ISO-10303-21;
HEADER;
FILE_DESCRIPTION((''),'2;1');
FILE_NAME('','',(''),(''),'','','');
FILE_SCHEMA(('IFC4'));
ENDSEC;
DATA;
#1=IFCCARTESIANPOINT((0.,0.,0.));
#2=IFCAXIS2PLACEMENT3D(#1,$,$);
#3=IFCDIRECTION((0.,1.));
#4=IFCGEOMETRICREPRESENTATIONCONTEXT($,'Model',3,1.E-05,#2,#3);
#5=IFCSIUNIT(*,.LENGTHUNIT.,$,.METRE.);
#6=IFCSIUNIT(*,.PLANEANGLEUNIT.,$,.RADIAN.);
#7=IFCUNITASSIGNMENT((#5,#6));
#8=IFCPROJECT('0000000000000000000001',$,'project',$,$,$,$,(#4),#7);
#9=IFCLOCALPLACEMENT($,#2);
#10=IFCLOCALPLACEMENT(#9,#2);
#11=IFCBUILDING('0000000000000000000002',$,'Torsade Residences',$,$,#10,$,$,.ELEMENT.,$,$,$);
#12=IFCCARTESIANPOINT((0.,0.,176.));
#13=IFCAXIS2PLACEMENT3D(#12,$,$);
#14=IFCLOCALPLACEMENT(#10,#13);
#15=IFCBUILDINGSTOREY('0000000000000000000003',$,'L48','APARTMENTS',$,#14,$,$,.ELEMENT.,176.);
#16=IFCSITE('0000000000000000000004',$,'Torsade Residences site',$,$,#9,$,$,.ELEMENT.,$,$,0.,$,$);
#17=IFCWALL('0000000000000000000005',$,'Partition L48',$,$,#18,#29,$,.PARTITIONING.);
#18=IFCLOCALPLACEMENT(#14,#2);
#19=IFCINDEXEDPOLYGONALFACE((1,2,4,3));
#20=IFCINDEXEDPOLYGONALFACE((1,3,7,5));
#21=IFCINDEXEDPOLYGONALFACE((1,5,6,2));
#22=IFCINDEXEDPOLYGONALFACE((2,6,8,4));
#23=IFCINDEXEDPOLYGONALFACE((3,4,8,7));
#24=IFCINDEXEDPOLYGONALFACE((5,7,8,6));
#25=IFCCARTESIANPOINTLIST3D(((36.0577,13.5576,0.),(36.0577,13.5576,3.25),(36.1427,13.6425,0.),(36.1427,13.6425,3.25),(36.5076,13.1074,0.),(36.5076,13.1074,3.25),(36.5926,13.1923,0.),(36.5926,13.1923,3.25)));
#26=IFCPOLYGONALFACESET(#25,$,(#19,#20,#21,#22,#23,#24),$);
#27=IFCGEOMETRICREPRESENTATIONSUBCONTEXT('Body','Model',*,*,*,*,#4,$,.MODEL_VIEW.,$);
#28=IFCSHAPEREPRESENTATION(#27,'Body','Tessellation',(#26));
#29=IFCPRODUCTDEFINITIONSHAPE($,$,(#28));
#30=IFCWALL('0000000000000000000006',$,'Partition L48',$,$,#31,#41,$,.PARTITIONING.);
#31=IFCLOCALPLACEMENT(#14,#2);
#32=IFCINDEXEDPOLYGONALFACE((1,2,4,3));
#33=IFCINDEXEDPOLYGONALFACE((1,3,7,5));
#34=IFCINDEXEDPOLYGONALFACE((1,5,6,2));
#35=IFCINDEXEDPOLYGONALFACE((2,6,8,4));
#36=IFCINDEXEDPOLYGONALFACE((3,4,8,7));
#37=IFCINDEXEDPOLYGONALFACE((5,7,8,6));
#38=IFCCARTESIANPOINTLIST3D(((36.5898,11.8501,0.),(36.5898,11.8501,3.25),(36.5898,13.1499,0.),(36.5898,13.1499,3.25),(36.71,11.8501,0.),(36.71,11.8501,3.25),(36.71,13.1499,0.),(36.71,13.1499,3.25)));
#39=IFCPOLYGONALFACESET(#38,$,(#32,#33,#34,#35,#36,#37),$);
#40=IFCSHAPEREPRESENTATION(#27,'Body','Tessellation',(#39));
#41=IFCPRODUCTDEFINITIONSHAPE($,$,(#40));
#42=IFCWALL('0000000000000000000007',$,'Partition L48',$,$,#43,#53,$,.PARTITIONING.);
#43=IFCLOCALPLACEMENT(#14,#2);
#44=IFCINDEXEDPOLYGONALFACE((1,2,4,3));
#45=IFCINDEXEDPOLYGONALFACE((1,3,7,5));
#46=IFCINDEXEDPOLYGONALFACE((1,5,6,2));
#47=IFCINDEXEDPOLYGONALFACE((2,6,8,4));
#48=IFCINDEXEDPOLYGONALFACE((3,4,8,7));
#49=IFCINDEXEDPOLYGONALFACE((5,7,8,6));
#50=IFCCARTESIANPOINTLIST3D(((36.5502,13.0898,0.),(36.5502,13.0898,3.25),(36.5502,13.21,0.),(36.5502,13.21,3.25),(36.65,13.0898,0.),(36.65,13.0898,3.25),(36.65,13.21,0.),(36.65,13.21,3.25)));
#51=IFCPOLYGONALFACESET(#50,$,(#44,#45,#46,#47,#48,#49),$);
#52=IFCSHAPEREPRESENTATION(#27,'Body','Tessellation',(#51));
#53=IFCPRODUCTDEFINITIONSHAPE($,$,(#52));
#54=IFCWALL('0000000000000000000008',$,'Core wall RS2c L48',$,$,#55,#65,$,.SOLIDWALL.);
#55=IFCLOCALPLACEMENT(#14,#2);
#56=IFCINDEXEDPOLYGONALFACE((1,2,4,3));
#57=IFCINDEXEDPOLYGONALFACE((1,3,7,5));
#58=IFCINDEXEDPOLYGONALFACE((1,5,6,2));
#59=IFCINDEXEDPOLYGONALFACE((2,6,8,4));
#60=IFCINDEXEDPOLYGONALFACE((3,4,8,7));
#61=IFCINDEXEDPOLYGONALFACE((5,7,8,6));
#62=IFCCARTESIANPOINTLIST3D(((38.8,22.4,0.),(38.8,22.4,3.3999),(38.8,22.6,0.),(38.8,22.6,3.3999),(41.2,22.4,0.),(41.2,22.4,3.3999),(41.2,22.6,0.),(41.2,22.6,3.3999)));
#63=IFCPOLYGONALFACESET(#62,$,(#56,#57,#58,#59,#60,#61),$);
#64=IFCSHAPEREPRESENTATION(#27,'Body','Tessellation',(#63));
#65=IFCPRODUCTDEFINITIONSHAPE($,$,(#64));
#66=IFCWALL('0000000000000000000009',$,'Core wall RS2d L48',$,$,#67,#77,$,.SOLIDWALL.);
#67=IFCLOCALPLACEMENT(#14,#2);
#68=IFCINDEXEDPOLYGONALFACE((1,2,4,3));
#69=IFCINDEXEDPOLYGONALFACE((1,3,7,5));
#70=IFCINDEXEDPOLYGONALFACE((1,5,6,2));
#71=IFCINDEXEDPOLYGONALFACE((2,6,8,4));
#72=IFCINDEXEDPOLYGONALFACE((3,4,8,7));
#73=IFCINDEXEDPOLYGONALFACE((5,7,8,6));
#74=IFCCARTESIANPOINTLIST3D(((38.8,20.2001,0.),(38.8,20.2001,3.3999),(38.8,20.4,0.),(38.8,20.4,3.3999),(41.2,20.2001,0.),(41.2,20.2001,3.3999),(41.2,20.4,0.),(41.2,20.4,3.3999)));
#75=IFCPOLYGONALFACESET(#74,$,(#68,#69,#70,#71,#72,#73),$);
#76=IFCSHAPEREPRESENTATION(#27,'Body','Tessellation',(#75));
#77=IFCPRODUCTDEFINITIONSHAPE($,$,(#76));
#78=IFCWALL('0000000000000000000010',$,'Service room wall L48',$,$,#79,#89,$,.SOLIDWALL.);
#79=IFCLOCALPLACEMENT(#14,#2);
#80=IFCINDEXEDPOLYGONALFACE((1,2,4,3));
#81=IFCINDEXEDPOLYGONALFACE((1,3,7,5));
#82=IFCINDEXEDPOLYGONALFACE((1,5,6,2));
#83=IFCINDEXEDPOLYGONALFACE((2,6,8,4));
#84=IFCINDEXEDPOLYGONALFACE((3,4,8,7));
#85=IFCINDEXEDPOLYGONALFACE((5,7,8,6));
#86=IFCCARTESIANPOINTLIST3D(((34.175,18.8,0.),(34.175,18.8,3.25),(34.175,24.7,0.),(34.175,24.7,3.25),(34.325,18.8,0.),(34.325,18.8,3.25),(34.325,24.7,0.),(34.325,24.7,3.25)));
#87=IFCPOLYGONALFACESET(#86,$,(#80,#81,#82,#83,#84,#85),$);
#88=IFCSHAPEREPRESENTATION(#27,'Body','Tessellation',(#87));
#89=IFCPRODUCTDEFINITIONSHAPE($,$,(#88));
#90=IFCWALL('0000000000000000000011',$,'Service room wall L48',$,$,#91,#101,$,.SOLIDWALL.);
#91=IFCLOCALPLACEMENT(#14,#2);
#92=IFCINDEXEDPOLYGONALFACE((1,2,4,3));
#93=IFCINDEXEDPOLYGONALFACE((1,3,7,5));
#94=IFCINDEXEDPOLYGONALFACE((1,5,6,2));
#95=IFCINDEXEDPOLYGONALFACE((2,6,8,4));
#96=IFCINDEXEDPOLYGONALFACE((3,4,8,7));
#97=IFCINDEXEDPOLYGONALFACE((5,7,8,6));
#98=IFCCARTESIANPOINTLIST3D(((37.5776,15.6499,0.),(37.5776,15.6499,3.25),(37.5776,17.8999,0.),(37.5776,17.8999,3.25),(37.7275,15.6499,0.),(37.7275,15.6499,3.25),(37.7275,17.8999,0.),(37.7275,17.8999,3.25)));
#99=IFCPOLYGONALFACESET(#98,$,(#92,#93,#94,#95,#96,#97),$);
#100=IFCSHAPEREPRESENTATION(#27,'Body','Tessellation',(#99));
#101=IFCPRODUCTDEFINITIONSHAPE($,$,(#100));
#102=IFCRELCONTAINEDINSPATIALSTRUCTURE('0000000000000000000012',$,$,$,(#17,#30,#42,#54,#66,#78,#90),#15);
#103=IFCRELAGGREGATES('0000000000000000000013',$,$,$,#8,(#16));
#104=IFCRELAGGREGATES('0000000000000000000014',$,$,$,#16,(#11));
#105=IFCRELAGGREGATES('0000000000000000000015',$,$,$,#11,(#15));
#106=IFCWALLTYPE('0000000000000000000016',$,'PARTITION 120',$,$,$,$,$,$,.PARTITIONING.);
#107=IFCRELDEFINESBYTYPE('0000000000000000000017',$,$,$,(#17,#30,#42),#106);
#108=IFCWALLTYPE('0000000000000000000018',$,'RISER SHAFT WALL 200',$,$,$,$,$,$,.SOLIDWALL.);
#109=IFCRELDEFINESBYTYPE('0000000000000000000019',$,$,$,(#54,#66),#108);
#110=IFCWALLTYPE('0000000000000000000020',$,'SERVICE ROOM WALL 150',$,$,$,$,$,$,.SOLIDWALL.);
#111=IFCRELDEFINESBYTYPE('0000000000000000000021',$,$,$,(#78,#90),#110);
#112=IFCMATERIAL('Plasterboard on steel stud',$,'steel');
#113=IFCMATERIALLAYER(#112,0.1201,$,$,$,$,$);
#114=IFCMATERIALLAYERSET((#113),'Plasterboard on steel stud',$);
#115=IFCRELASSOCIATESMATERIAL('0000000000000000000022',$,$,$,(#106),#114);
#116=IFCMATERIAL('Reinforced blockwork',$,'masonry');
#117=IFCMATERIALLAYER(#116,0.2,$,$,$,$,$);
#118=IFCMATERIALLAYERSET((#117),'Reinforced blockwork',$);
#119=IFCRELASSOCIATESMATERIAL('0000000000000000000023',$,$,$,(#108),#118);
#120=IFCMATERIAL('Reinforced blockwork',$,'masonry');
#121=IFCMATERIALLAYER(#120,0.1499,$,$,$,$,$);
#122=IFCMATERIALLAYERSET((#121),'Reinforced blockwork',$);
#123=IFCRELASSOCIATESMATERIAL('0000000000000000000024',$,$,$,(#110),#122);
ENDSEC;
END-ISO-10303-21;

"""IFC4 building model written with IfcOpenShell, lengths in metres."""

from ifc_helpers import new_model, si_unit, direction, frame, frame_2d, origin, place, context, subcontext, project, spatial, rectangle, extrude, material, layer, layer_set, type_object, element, save


model = new_model("IFC4")

# Units and contexts
model_context = context("Model", 3, precision=1e-05, world=origin(), true_north=direction((0.0, 1.0)))
body_context = subcontext(model_context, "Body", "Model", "MODEL_VIEW")
ifc_project = project(units=[si_unit("LENGTHUNIT", "METRE"), si_unit("PLANEANGLEUNIT", "RADIAN")], contexts=[model_context])

# Site, building, storey
site_placement = place(None, origin())
site = spatial("IfcSite", under=ifc_project, at=site_placement, Name="Torsade Residences site", CompositionType="ELEMENT", RefElevation=0.0)
building_placement = place(site_placement, origin())
building = spatial("IfcBuilding", under=site, at=building_placement, Name="Torsade Residences", CompositionType="ELEMENT")
storey_placement = place(building_placement, frame((0.0, 0.0, 176.0)))
storey = spatial("IfcBuildingStorey", under=building, at=storey_placement, Name="L48", Description="APARTMENTS", CompositionType="ELEMENT", Elevation=176.0)

# Shared definitions
ifc_material_1 = material(Name="Plasterboard on steel stud", Category="steel")
ifc_layer_1 = layer(ifc_material_1, 0.1201)
ifc_layer_set_1 = layer_set([ifc_layer_1], Name="Plasterboard on steel stud")
wall_type_1 = type_object("IfcWallType", Name="PARTITION 120", PredefinedType="PARTITIONING", material=ifc_layer_set_1)

# Walls
wall_1_placement = place(storey_placement, frame((36.1001, 13.6001, 0.0), z_axis=(0.0, 0.0, 1.0), x_axis=(0.706915, -0.707299, 0.0)))
element("IfcWall", 1, at=wall_1_placement, inside=storey, type_object=wall_type_1, Name="Partition L48", PredefinedType="PARTITIONING", context=body_context, shape_type="SweptSolid", body=[
    extrude(rectangle(XDim=0.6365, YDim=0.1201, at=frame_2d((0.3184, 0.0))), origin(), (0.0, 0.0, 1.0), 3.25),
])
wall_2_placement = place(storey_placement, frame((36.6499, 13.1499, 0.0), z_axis=(0.0, 0.0, 1.0), x_axis=(0.0, -1.0, 0.0)))
element("IfcWall", 2, at=wall_2_placement, inside=storey, type_object=wall_type_1, Name="Partition L48", PredefinedType="PARTITIONING", context=body_context, shape_type="SweptSolid", body=[
    extrude(rectangle(XDim=1.2998, YDim=0.1201, at=frame_2d((0.6499, 0.0))), origin(), (0.0, 0.0, 1.0), 3.25),
])
wall_3_placement = place(storey_placement, frame((36.6499, 13.1499, 0.0), z_axis=(0.0, 0.0, 1.0), x_axis=(-1.0, 0.0, 0.0)))
element("IfcWall", 3, at=wall_3_placement, inside=storey, type_object=wall_type_1, Name="Partition L48", PredefinedType="PARTITIONING", context=body_context, shape_type="SweptSolid", body=[
    extrude(rectangle(XDim=0.0999, YDim=0.1201, at=frame_2d((0.0498, 0.0))), origin(), (0.0, 0.0, 1.0), 3.25),
])
ifc_material_2 = material(Name="Reinforced blockwork", Category="masonry")
ifc_layer_2 = layer(ifc_material_2, 0.2)
ifc_layer_set_2 = layer_set([ifc_layer_2], Name="Reinforced blockwork")
wall_type_2 = type_object("IfcWallType", Name="RISER SHAFT WALL 200", PredefinedType="SOLIDWALL", material=ifc_layer_set_2)
for number, where, z_axis, x_axis, name in (
    (4, (38.8, 22.5, 0.0), (0.0, 0.0, 1.0), (1.0, 0.0, 0.0), "Core wall RS2c L48"),
    (5, (38.8, 20.3, 0.0), (0.0, 0.0, 1.0), (1.0, 0.0, 0.0), "Core wall RS2d L48"),
):
    element("IfcWall", number, at=place(storey_placement, frame(where, z_axis=z_axis, x_axis=x_axis)), inside=storey, type_object=wall_type_2, Name=name, PredefinedType="SOLIDWALL", context=body_context, shape_type="SweptSolid", body=[
        extrude(rectangle(XDim=2.3999, YDim=0.2, at=frame_2d((1.2, 0.0))), origin(), (0.0, 0.0, 1.0), 3.3999),
    ])
ifc_material_3 = material(Name="Reinforced blockwork", Category="masonry")
ifc_layer_3 = layer(ifc_material_3, 0.1499)
ifc_layer_set_3 = layer_set([ifc_layer_3], Name="Reinforced blockwork")
wall_type_3 = type_object("IfcWallType", Name="SERVICE ROOM WALL 150", PredefinedType="SOLIDWALL", material=ifc_layer_set_3)
wall_4_placement = place(storey_placement, frame((34.25, 18.8, 0.0), z_axis=(0.0, 0.0, 1.0), x_axis=(0.0, 1.0, 0.0)))
element("IfcWall", 6, at=wall_4_placement, inside=storey, type_object=wall_type_3, Name="Service room wall L48", PredefinedType="SOLIDWALL", context=body_context, shape_type="SweptSolid", body=[
    extrude(rectangle(XDim=5.8999, YDim=0.1499, at=frame_2d((2.95, 0.0))), origin(), (0.0, 0.0, 1.0), 3.25),
])
wall_5_placement = place(storey_placement, frame((37.6526, 15.6499, 0.0), z_axis=(0.0, 0.0, 1.0), x_axis=(0.0, 1.0, 0.0)))
element("IfcWall", 7, at=wall_5_placement, inside=storey, type_object=wall_type_3, Name="Service room wall L48", PredefinedType="SOLIDWALL", context=body_context, shape_type="SweptSolid", body=[
    extrude(rectangle(XDim=2.25, YDim=0.1499, at=frame_2d((1.125, 0.0))), origin(), (0.0, 0.0, 1.0), 3.25),
])

save(model, "model.ifc")
